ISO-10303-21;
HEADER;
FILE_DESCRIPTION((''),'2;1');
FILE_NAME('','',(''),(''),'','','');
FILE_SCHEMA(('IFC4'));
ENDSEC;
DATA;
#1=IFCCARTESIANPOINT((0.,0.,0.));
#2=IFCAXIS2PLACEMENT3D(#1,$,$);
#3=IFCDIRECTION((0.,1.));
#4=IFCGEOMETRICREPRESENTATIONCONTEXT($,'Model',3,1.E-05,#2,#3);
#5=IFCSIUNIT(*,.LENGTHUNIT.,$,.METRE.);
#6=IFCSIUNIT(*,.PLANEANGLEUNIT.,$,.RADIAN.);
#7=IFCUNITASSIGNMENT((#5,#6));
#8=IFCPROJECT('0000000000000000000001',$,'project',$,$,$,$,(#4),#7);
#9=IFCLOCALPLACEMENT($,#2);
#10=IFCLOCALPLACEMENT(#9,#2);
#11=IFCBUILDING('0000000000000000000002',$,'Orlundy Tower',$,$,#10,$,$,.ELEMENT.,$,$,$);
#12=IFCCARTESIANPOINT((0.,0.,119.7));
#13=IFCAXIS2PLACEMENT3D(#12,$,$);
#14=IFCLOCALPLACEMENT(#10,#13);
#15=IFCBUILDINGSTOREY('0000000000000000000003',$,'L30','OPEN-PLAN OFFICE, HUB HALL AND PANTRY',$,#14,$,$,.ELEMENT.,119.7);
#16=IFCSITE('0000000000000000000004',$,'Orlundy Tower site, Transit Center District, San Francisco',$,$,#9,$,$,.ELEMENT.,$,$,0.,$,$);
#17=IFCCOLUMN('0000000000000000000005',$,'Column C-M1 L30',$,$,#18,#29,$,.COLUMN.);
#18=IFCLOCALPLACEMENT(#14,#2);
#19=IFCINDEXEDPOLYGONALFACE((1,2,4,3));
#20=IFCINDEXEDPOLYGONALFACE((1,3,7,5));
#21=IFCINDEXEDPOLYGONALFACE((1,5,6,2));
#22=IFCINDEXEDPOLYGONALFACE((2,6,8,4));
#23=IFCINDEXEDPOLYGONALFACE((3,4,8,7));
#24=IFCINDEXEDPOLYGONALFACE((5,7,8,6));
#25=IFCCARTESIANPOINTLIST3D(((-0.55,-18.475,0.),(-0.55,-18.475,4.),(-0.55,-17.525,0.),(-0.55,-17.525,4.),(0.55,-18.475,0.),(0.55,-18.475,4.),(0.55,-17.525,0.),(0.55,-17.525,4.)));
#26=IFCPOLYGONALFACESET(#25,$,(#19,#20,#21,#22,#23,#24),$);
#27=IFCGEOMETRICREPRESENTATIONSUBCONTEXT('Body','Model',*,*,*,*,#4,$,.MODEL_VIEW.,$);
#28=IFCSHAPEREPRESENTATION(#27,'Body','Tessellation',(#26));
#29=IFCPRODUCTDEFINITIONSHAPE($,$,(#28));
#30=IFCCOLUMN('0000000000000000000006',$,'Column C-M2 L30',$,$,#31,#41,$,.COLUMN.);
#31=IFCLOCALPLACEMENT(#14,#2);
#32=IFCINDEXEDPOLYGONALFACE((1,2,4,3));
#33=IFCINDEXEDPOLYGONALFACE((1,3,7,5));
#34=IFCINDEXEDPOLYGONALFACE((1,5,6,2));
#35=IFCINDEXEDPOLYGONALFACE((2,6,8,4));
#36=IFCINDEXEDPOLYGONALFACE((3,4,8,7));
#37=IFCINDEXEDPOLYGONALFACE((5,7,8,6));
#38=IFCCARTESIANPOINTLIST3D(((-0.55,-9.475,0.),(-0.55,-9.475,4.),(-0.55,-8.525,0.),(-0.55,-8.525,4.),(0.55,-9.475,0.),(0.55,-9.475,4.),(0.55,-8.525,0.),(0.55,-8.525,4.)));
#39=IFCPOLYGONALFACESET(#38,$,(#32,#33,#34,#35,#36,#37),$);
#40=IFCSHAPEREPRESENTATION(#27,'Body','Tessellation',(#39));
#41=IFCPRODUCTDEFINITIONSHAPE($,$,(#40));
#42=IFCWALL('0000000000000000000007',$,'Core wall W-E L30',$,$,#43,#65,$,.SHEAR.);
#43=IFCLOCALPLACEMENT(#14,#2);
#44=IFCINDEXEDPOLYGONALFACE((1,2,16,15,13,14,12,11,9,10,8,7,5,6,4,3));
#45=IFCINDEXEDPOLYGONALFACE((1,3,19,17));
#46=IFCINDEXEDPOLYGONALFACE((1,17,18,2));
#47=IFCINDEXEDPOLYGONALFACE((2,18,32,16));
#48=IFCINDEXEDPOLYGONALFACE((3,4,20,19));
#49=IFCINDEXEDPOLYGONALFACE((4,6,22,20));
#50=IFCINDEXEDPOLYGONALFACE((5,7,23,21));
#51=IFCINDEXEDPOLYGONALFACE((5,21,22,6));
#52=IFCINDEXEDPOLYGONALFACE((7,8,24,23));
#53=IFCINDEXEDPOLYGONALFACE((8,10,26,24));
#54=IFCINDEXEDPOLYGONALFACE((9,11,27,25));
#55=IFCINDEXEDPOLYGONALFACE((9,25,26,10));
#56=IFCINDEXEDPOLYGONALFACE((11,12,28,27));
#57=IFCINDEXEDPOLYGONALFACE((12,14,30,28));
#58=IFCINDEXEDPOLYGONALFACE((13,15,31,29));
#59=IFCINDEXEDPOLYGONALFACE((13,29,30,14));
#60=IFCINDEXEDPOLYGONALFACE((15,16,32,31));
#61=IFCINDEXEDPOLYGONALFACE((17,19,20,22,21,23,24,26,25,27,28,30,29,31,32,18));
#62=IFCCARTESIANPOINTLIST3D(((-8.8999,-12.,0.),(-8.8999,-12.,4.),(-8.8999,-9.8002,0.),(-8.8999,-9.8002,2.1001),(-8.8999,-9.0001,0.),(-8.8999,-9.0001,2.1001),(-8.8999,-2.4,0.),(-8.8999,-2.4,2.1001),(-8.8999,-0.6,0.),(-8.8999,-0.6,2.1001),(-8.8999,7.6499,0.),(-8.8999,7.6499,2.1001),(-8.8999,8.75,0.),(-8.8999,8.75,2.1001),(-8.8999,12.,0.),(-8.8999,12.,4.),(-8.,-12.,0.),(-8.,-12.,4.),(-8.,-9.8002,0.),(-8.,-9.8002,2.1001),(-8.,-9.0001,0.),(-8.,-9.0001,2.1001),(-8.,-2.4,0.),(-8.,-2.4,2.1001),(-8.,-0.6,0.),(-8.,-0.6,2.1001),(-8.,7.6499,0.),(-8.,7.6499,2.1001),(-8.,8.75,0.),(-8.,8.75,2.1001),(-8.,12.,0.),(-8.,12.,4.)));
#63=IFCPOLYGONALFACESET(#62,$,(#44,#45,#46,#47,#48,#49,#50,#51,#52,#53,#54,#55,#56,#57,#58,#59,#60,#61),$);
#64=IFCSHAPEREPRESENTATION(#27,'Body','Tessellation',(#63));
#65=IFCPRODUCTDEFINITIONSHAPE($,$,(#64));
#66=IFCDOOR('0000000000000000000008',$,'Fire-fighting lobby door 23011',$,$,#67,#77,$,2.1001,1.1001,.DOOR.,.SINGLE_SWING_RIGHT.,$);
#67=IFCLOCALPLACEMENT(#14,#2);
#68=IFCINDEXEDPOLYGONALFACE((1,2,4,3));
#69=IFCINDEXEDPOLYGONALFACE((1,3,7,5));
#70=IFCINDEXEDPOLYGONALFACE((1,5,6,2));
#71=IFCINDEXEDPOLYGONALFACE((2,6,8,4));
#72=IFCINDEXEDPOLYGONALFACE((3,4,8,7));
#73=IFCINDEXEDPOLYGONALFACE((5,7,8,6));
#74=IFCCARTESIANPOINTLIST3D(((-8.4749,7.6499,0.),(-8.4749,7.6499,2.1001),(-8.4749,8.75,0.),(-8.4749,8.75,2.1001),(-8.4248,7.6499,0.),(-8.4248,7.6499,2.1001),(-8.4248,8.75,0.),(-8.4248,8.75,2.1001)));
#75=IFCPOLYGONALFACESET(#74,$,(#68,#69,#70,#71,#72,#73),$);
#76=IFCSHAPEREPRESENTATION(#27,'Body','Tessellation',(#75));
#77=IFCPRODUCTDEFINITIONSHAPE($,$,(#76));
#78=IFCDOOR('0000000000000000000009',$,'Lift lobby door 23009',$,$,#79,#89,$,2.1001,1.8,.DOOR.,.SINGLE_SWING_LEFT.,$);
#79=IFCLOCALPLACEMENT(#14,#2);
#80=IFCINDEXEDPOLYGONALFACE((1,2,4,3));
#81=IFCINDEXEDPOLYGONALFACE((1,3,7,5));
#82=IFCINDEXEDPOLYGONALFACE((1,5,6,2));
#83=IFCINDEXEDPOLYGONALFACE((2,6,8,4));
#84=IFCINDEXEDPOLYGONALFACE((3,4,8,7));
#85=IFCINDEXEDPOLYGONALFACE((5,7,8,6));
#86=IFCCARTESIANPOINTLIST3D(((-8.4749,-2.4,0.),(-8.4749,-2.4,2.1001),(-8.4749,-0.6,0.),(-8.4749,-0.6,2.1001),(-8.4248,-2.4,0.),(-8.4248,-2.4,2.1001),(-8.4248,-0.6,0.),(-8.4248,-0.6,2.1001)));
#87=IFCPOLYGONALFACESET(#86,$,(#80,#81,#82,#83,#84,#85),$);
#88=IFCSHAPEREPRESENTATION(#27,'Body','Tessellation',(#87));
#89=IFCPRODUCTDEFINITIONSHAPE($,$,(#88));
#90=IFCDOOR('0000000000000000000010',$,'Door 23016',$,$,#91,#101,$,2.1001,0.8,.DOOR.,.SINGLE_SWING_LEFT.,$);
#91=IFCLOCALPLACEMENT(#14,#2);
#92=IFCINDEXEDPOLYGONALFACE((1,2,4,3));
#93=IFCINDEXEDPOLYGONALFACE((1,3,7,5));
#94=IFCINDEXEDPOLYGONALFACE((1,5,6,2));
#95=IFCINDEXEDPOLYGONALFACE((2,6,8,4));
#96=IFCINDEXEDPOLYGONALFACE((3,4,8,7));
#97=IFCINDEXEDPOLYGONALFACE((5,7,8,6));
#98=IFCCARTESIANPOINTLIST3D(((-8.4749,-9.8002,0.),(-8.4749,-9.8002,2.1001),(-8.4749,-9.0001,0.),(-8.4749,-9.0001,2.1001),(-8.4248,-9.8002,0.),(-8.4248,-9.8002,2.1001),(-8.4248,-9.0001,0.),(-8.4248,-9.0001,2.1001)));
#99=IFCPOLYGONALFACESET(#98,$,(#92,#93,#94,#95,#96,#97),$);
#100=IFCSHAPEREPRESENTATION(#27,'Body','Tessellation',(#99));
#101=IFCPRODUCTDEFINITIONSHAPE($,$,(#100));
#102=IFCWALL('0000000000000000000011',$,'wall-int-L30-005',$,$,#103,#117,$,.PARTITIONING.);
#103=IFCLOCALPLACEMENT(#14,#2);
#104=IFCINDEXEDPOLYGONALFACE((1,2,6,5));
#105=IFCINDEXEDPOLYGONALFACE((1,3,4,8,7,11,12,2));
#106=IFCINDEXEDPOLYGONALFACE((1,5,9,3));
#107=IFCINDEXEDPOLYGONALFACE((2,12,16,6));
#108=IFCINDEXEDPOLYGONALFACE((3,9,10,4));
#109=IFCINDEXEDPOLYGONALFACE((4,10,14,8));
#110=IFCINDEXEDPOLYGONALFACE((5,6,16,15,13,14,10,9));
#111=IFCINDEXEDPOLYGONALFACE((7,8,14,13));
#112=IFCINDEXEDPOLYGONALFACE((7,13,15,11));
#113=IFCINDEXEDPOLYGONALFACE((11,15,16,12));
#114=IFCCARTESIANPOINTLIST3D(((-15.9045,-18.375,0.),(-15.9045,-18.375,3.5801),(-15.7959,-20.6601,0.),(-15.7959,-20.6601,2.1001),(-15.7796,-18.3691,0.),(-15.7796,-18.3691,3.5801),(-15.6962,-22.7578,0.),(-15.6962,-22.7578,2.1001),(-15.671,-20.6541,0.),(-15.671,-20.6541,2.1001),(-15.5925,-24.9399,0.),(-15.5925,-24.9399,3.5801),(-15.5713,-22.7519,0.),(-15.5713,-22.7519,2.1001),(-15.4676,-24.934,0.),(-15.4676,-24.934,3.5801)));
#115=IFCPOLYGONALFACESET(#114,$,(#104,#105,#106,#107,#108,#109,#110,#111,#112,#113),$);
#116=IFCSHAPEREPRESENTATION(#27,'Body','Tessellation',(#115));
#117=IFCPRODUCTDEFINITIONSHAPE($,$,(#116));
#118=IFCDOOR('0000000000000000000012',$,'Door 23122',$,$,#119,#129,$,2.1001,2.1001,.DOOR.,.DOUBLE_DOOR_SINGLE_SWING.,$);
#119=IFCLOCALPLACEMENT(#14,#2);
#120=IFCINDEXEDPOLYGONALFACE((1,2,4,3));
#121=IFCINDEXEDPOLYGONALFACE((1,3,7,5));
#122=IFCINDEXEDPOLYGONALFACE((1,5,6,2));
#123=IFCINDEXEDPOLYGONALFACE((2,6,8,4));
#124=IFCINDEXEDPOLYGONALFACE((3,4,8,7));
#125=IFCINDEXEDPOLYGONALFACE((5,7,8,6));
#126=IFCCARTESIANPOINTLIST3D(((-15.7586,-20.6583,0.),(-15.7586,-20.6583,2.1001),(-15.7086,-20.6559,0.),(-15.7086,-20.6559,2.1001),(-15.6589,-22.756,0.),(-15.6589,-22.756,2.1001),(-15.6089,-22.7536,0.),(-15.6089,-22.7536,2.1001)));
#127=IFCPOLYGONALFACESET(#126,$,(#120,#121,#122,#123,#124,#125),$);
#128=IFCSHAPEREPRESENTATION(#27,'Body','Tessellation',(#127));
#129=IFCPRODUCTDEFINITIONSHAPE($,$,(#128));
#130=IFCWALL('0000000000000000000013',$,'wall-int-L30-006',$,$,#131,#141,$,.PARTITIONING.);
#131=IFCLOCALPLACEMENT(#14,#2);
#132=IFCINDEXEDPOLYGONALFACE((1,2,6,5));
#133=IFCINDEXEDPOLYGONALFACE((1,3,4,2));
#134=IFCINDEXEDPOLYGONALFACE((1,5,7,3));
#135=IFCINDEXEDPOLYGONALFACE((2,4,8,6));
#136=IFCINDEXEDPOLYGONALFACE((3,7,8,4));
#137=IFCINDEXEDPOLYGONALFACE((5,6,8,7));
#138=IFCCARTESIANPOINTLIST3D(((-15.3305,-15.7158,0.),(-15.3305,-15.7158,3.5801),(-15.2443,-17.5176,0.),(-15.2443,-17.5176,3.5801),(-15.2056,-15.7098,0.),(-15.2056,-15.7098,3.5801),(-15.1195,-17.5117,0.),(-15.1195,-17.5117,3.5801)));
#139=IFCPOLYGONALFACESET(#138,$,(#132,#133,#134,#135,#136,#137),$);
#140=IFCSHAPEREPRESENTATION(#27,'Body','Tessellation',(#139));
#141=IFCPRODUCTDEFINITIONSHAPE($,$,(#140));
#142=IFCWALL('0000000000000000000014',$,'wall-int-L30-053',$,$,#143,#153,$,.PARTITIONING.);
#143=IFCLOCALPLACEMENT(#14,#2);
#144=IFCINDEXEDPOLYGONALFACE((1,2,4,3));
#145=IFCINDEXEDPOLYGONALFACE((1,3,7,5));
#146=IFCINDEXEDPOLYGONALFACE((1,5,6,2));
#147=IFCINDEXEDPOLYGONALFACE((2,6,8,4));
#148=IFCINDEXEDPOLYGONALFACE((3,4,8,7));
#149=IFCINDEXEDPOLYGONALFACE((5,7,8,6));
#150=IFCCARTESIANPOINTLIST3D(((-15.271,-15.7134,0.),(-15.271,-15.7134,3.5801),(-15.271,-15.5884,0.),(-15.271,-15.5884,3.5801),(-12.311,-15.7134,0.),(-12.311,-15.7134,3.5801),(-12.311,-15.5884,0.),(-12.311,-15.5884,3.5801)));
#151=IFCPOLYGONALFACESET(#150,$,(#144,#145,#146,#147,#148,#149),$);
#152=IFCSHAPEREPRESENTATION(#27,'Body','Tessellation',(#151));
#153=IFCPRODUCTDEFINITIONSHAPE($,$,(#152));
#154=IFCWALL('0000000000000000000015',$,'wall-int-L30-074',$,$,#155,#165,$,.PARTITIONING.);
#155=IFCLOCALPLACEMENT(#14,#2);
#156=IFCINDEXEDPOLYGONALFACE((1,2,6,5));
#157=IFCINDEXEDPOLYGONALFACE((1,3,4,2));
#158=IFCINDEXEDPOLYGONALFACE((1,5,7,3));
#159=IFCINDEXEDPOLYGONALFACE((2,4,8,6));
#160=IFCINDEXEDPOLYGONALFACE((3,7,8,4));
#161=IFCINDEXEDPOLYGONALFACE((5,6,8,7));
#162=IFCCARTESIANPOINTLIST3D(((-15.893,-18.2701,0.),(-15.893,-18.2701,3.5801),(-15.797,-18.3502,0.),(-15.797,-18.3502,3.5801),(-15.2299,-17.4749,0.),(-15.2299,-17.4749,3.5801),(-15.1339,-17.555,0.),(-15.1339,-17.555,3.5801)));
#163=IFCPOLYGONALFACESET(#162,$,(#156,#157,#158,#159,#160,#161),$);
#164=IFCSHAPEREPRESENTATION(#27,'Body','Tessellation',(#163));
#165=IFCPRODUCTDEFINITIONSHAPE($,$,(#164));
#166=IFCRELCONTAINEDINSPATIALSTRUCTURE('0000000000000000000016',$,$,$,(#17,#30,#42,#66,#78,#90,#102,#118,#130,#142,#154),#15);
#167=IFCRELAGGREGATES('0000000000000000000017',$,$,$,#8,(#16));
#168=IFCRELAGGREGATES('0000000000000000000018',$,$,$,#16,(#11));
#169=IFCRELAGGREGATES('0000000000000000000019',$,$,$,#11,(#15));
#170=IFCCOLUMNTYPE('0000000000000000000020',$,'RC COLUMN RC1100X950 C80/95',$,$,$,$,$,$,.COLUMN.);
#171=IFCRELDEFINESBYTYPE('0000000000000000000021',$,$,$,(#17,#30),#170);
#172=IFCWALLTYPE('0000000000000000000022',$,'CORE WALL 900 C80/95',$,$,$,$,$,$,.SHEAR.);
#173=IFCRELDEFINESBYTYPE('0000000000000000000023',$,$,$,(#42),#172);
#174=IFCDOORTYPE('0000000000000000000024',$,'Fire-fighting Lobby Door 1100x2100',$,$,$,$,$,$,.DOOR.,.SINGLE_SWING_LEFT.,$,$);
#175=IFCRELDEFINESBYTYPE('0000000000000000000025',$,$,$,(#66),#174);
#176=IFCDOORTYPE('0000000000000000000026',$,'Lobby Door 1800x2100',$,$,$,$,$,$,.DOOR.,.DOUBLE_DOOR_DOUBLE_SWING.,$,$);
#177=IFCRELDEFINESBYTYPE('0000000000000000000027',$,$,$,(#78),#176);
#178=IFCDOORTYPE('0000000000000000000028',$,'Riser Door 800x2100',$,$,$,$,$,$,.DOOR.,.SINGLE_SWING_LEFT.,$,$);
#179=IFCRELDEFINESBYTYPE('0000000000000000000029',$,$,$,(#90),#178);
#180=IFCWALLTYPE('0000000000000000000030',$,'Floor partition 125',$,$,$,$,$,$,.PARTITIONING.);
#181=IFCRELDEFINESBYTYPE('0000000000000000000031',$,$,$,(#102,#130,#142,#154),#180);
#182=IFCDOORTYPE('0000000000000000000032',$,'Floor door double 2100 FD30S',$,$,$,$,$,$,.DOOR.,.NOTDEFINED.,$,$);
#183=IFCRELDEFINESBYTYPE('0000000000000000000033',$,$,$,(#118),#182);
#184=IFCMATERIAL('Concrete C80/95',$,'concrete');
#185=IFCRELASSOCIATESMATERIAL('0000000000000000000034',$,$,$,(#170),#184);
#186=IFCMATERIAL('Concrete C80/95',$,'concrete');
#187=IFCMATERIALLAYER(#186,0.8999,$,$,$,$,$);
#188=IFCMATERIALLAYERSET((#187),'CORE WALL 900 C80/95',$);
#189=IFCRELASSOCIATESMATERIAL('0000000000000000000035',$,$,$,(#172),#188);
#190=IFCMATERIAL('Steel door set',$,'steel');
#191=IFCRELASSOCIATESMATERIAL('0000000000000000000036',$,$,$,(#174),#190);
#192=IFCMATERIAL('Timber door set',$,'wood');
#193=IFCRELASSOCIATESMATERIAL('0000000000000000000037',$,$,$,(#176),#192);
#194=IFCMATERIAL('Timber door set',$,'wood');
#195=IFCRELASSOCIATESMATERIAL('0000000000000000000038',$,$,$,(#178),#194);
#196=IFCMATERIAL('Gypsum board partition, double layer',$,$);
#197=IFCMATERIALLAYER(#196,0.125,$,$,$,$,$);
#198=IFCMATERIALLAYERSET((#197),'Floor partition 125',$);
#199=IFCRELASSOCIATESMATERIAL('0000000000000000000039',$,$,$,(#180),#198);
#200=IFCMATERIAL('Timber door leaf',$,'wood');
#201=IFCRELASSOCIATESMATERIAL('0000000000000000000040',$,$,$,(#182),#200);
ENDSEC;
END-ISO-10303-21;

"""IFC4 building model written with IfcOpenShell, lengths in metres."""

from ifc_helpers import new_model, si_unit, direction, frame, frame_2d, origin, origin_2d, place, context, subcontext, project, spatial, rectangle, extrude, material, layer, layer_set, material_profile, profile_set, type_object, element, fill, save


model = new_model("IFC4")

# Units and contexts
model_context = context("Model", 3, precision=1e-05, world=origin(), true_north=direction((0.0, 1.0)))
body_context = subcontext(model_context, "Body", "Model", "MODEL_VIEW")
ifc_project = project(units=[si_unit("LENGTHUNIT", "METRE"), si_unit("PLANEANGLEUNIT", "RADIAN")], contexts=[model_context])

# Site, building, storey
site_placement = place(None, origin())
site = spatial("IfcSite", under=ifc_project, at=site_placement, Name="Orlundy Tower site, Transit Center District, San Francisco", CompositionType="ELEMENT", RefElevation=0.0)
building_placement = place(site_placement, origin())
building = spatial("IfcBuilding", under=site, at=building_placement, Name="Orlundy Tower", CompositionType="ELEMENT")
storey_placement = place(building_placement, frame((0.0, 0.0, 119.7)))
storey = spatial("IfcBuildingStorey", under=building, at=storey_placement, Name="L30", Description="OPEN-PLAN OFFICE, HUB HALL AND PANTRY", CompositionType="ELEMENT", Elevation=119.7)

# Columns
ifc_material_1 = material(Name="Concrete C80/95", Category="concrete")
ifc_material_profile = material_profile(ifc_material_1, rectangle(XDim=1.1001, YDim=0.95, at=origin_2d()), Name="RC1100X950")
ifc_profile_set = profile_set([ifc_material_profile], Name="Concrete C80/95")
column_type = type_object("IfcColumnType", Name="RC COLUMN RC1100X950 C80/95", PredefinedType="COLUMN", material=ifc_profile_set)
for number, where, z_axis, x_axis, name in (
    (1, (0.0, -18.0, 0.0), (0.0, 0.0, 1.0), (1.0, 0.0, 0.0), "Column C-M1 L30"),
    (2, (0.0, -9.0, 0.0), (0.0, 0.0, 1.0), (1.0, 0.0, 0.0), "Column C-M2 L30"),
):
    element("IfcColumn", number, at=place(storey_placement, frame(where, z_axis=z_axis, x_axis=x_axis)), inside=storey, type_object=column_type, Name=name, PredefinedType="COLUMN", context=body_context, shape_type="SweptSolid", body=[
        extrude(rectangle(XDim=1.1001, YDim=0.95, at=origin_2d()), origin(), (0.0, 0.0, 1.0), 4.0),
    ])

# Wall, openings, doors
ifc_material_2 = material(Name="Concrete C80/95", Category="concrete")
ifc_layer_1 = layer(ifc_material_2, 0.8999)
ifc_layer_set_1 = layer_set([ifc_layer_1], Name="CORE WALL 900 C80/95")
wall_type_1 = type_object("IfcWallType", Name="CORE WALL 900 C80/95", PredefinedType="SHEAR", material=ifc_layer_set_1)
wall_1_placement = place(storey_placement, frame((-8.45, -12.0, 0.0), z_axis=(0.0, 0.0, 1.0), x_axis=(0.0, 1.0, 0.0)))
wall_1 = element("IfcWall", 3, at=wall_1_placement, inside=storey, type_object=wall_type_1, Name="Core wall W-E L30", PredefinedType="SHEAR", context=body_context, shape_type="SweptSolid", body=[
    extrude(rectangle(XDim=24.0, YDim=0.8999, at=frame_2d((12.0, 0.0))), origin(), (0.0, 0.0, 1.0), 4.0),
])
opening_1_placement = place(wall_1_placement, frame((9.6001, 0.0, 0.0)))
opening_1 = element("IfcOpeningElement", 4, at=opening_1_placement, cuts=wall_1, PredefinedType="OPENING", context=body_context, shape_type="SweptSolid", body=[
    extrude(rectangle(XDim=1.8, YDim=2.1001, at=frame_2d((0.8999, 1.05))), frame((0.0, 0.46, 0.0), z_axis=(0.0, -1.0, 0.0), x_axis=(1.0, 0.0, 0.0)), (0.0, 0.0, 1.0), 0.9199),
])
opening_2_placement = place(wall_1_placement, frame((19.6499, 0.0, 0.0)))
opening_2 = element("IfcOpeningElement", 5, at=opening_2_placement, cuts=wall_1, PredefinedType="OPENING", context=body_context, shape_type="SweptSolid", body=[
    extrude(rectangle(XDim=1.1001, YDim=2.1001, at=frame_2d((0.55, 1.05))), frame((0.0, 0.46, 0.0), z_axis=(0.0, -1.0, 0.0), x_axis=(1.0, 0.0, 0.0)), (0.0, 0.0, 1.0), 0.9199),
])
opening_3_placement = place(wall_1_placement, frame((2.2, 0.0, 0.0)))
opening_3 = element("IfcOpeningElement", 6, at=opening_3_placement, cuts=wall_1, PredefinedType="OPENING", context=body_context, shape_type="SweptSolid", body=[
    extrude(rectangle(XDim=0.8, YDim=2.1001, at=frame_2d((0.3999, 1.05))), frame((0.0, 0.46, 0.0), z_axis=(0.0, -1.0, 0.0), x_axis=(1.0, 0.0, 0.0)), (0.0, 0.0, 1.0), 0.9199),
])
ifc_material_3 = material(Name="Steel door set", Category="steel")
door_type_1 = type_object("IfcDoorType", Name="Fire-fighting Lobby Door 1100x2100", OperationType="SINGLE_SWING_LEFT", PredefinedType="DOOR", material=ifc_material_3)
door_1_placement = place(opening_2_placement, origin())
door_1 = element("IfcDoor", 7, at=door_1_placement, inside=storey, type_object=door_type_1, Name="Fire-fighting lobby door 23011", OperationType="SINGLE_SWING_RIGHT", OverallHeight=2.1001, OverallWidth=1.1001, PredefinedType="DOOR", context=body_context, shape_type="SweptSolid", body=[
    extrude(rectangle(XDim=1.1001, YDim=2.1001, at=frame_2d((0.55, 1.05))), frame((0.0, 0.0249, 0.0), z_axis=(0.0, -1.0, 0.0), x_axis=(1.0, 0.0, 0.0)), (0.0, 0.0, 1.0), 0.05),
])
fill(opening_2, door_1)
ifc_material_4 = material(Name="Timber door set", Category="wood")
door_type_2 = type_object("IfcDoorType", Name="Lobby Door 1800x2100", OperationType="DOUBLE_DOOR_DOUBLE_SWING", PredefinedType="DOOR", material=ifc_material_4)
door_2_placement = place(opening_1_placement, origin())
door_2 = element("IfcDoor", 8, at=door_2_placement, inside=storey, type_object=door_type_2, Name="Lift lobby door 23009", OperationType="SINGLE_SWING_LEFT", OverallHeight=2.1001, OverallWidth=1.8, PredefinedType="DOOR", context=body_context, shape_type="SweptSolid", body=[
    extrude(rectangle(XDim=1.8, YDim=2.1001, at=frame_2d((0.8999, 1.05))), frame((0.0, 0.0249, 0.0), z_axis=(0.0, -1.0, 0.0), x_axis=(1.0, 0.0, 0.0)), (0.0, 0.0, 1.0), 0.05),
])
fill(opening_1, door_2)
ifc_material_5 = material(Name="Timber door set", Category="wood")
door_type_3 = type_object("IfcDoorType", Name="Riser Door 800x2100", OperationType="SINGLE_SWING_LEFT", PredefinedType="DOOR", material=ifc_material_5)
door_3_placement = place(opening_3_placement, origin())
door_3 = element("IfcDoor", 9, at=door_3_placement, inside=storey, type_object=door_type_3, Name="Door 23016", OperationType="SINGLE_SWING_LEFT", OverallHeight=2.1001, OverallWidth=0.8, PredefinedType="DOOR", context=body_context, shape_type="SweptSolid", body=[
    extrude(rectangle(XDim=0.8, YDim=2.1001, at=frame_2d((0.3999, 1.05))), frame((0.0, 0.0249, 0.0), z_axis=(0.0, -1.0, 0.0), x_axis=(1.0, 0.0, 0.0)), (0.0, 0.0, 1.0), 0.05),
])
fill(opening_3, door_3)

# Wall, opening, door
ifc_material_6 = material(Name="Gypsum board partition, double layer")
ifc_layer_2 = layer(ifc_material_6, 0.125)
ifc_layer_set_2 = layer_set([ifc_layer_2], Name="Floor partition 125")
wall_type_2 = type_object("IfcWallType", Name="Floor partition 125", PredefinedType="PARTITIONING", material=ifc_layer_set_2)
wall_2_placement = place(storey_placement, frame((-15.842, -18.3721, 0.0), z_axis=(0.0, 0.0, 1.0), x_axis=(0.047473, -0.998873, 0.0)))
wall_2 = element("IfcWall", 10, at=wall_2_placement, inside=storey, type_object=wall_type_2, Name="wall-int-L30-005", PredefinedType="PARTITIONING", context=body_context, shape_type="SweptSolid", body=[
    extrude(rectangle(XDim=6.5723, YDim=0.125, at=frame_2d((3.2861, 0.0))), origin(), (0.0, 0.0, 1.0), 3.5801),
])
opening_4_placement = place(wall_2_placement, frame((2.2876, 0.0, 0.0)))
opening_4 = element("IfcOpeningElement", 11, at=opening_4_placement, cuts=wall_2, PredefinedType="OPENING", context=body_context, shape_type="SweptSolid", body=[
    extrude(rectangle(XDim=2.1001, YDim=2.1001, at=frame_2d((1.05, 1.05))), frame((0.0, 0.0725, 0.0), z_axis=(0.0, -1.0, 0.0), x_axis=(1.0, 0.0, 0.0)), (0.0, 0.0, 1.0), 0.145),
])
ifc_material_7 = material(Name="Timber door leaf", Category="wood")
door_type_4 = type_object("IfcDoorType", Name="Floor door double 2100 FD30S", OperationType="NOTDEFINED", PredefinedType="DOOR", material=ifc_material_7)
door_4_placement = place(opening_4_placement, origin())
door_4 = element("IfcDoor", 12, at=door_4_placement, inside=storey, type_object=door_type_4, Name="Door 23122", OperationType="DOUBLE_DOOR_SINGLE_SWING", OverallHeight=2.1001, OverallWidth=2.1001, PredefinedType="DOOR", context=body_context, shape_type="SweptSolid", body=[
    extrude(rectangle(XDim=2.1001, YDim=2.1001, at=frame_2d((1.05, 1.05))), frame((0.0, 0.0249, 0.0), z_axis=(0.0, -1.0, 0.0), x_axis=(1.0, 0.0, 0.0)), (0.0, 0.0, 1.0), 0.05),
])
fill(opening_4, door_4)

# Walls
wall_3_placement = place(storey_placement, frame((-15.2681, -15.7129, 0.0), z_axis=(0.0, 0.0, 1.0), x_axis=(0.047771, -0.998858, 0.0)))
element("IfcWall", 13, at=wall_3_placement, inside=storey, type_object=wall_type_2, Name="wall-int-L30-006", PredefinedType="PARTITIONING", context=body_context, shape_type="SweptSolid", body=[
    extrude(rectangle(XDim=1.804, YDim=0.125, at=frame_2d((0.9019, 0.0))), origin(), (0.0, 0.0, 1.0), 3.5801),
])
wall_4_placement = place(storey_placement, frame((-15.271, -15.6509, 0.0), z_axis=(0.0, 0.0, 1.0), x_axis=(1.0, 0.0, 0.0)))
element("IfcWall", 14, at=wall_4_placement, inside=storey, type_object=wall_type_2, Name="wall-int-L30-053", PredefinedType="PARTITIONING", context=body_context, shape_type="SweptSolid", body=[
    extrude(rectangle(XDim=2.96, YDim=0.125, at=frame_2d((1.48, 0.0))), origin(), (0.0, 0.0, 1.0), 3.5801),
])
wall_5_placement = place(storey_placement, frame((-15.845, -18.3101, 0.0), z_axis=(0.0, 0.0, 1.0), x_axis=(0.640439, 0.768009, 0.0)))
element("IfcWall", 15, at=wall_5_placement, inside=storey, type_object=wall_type_2, Name="wall-int-L30-074", PredefinedType="PARTITIONING", context=body_context, shape_type="SweptSolid", body=[
    extrude(rectangle(XDim=1.0354, YDim=0.125, at=frame_2d((0.5176, 0.0))), origin(), (0.0, 0.0, 1.0), 3.5801),
])

save(model, "model.ifc")
